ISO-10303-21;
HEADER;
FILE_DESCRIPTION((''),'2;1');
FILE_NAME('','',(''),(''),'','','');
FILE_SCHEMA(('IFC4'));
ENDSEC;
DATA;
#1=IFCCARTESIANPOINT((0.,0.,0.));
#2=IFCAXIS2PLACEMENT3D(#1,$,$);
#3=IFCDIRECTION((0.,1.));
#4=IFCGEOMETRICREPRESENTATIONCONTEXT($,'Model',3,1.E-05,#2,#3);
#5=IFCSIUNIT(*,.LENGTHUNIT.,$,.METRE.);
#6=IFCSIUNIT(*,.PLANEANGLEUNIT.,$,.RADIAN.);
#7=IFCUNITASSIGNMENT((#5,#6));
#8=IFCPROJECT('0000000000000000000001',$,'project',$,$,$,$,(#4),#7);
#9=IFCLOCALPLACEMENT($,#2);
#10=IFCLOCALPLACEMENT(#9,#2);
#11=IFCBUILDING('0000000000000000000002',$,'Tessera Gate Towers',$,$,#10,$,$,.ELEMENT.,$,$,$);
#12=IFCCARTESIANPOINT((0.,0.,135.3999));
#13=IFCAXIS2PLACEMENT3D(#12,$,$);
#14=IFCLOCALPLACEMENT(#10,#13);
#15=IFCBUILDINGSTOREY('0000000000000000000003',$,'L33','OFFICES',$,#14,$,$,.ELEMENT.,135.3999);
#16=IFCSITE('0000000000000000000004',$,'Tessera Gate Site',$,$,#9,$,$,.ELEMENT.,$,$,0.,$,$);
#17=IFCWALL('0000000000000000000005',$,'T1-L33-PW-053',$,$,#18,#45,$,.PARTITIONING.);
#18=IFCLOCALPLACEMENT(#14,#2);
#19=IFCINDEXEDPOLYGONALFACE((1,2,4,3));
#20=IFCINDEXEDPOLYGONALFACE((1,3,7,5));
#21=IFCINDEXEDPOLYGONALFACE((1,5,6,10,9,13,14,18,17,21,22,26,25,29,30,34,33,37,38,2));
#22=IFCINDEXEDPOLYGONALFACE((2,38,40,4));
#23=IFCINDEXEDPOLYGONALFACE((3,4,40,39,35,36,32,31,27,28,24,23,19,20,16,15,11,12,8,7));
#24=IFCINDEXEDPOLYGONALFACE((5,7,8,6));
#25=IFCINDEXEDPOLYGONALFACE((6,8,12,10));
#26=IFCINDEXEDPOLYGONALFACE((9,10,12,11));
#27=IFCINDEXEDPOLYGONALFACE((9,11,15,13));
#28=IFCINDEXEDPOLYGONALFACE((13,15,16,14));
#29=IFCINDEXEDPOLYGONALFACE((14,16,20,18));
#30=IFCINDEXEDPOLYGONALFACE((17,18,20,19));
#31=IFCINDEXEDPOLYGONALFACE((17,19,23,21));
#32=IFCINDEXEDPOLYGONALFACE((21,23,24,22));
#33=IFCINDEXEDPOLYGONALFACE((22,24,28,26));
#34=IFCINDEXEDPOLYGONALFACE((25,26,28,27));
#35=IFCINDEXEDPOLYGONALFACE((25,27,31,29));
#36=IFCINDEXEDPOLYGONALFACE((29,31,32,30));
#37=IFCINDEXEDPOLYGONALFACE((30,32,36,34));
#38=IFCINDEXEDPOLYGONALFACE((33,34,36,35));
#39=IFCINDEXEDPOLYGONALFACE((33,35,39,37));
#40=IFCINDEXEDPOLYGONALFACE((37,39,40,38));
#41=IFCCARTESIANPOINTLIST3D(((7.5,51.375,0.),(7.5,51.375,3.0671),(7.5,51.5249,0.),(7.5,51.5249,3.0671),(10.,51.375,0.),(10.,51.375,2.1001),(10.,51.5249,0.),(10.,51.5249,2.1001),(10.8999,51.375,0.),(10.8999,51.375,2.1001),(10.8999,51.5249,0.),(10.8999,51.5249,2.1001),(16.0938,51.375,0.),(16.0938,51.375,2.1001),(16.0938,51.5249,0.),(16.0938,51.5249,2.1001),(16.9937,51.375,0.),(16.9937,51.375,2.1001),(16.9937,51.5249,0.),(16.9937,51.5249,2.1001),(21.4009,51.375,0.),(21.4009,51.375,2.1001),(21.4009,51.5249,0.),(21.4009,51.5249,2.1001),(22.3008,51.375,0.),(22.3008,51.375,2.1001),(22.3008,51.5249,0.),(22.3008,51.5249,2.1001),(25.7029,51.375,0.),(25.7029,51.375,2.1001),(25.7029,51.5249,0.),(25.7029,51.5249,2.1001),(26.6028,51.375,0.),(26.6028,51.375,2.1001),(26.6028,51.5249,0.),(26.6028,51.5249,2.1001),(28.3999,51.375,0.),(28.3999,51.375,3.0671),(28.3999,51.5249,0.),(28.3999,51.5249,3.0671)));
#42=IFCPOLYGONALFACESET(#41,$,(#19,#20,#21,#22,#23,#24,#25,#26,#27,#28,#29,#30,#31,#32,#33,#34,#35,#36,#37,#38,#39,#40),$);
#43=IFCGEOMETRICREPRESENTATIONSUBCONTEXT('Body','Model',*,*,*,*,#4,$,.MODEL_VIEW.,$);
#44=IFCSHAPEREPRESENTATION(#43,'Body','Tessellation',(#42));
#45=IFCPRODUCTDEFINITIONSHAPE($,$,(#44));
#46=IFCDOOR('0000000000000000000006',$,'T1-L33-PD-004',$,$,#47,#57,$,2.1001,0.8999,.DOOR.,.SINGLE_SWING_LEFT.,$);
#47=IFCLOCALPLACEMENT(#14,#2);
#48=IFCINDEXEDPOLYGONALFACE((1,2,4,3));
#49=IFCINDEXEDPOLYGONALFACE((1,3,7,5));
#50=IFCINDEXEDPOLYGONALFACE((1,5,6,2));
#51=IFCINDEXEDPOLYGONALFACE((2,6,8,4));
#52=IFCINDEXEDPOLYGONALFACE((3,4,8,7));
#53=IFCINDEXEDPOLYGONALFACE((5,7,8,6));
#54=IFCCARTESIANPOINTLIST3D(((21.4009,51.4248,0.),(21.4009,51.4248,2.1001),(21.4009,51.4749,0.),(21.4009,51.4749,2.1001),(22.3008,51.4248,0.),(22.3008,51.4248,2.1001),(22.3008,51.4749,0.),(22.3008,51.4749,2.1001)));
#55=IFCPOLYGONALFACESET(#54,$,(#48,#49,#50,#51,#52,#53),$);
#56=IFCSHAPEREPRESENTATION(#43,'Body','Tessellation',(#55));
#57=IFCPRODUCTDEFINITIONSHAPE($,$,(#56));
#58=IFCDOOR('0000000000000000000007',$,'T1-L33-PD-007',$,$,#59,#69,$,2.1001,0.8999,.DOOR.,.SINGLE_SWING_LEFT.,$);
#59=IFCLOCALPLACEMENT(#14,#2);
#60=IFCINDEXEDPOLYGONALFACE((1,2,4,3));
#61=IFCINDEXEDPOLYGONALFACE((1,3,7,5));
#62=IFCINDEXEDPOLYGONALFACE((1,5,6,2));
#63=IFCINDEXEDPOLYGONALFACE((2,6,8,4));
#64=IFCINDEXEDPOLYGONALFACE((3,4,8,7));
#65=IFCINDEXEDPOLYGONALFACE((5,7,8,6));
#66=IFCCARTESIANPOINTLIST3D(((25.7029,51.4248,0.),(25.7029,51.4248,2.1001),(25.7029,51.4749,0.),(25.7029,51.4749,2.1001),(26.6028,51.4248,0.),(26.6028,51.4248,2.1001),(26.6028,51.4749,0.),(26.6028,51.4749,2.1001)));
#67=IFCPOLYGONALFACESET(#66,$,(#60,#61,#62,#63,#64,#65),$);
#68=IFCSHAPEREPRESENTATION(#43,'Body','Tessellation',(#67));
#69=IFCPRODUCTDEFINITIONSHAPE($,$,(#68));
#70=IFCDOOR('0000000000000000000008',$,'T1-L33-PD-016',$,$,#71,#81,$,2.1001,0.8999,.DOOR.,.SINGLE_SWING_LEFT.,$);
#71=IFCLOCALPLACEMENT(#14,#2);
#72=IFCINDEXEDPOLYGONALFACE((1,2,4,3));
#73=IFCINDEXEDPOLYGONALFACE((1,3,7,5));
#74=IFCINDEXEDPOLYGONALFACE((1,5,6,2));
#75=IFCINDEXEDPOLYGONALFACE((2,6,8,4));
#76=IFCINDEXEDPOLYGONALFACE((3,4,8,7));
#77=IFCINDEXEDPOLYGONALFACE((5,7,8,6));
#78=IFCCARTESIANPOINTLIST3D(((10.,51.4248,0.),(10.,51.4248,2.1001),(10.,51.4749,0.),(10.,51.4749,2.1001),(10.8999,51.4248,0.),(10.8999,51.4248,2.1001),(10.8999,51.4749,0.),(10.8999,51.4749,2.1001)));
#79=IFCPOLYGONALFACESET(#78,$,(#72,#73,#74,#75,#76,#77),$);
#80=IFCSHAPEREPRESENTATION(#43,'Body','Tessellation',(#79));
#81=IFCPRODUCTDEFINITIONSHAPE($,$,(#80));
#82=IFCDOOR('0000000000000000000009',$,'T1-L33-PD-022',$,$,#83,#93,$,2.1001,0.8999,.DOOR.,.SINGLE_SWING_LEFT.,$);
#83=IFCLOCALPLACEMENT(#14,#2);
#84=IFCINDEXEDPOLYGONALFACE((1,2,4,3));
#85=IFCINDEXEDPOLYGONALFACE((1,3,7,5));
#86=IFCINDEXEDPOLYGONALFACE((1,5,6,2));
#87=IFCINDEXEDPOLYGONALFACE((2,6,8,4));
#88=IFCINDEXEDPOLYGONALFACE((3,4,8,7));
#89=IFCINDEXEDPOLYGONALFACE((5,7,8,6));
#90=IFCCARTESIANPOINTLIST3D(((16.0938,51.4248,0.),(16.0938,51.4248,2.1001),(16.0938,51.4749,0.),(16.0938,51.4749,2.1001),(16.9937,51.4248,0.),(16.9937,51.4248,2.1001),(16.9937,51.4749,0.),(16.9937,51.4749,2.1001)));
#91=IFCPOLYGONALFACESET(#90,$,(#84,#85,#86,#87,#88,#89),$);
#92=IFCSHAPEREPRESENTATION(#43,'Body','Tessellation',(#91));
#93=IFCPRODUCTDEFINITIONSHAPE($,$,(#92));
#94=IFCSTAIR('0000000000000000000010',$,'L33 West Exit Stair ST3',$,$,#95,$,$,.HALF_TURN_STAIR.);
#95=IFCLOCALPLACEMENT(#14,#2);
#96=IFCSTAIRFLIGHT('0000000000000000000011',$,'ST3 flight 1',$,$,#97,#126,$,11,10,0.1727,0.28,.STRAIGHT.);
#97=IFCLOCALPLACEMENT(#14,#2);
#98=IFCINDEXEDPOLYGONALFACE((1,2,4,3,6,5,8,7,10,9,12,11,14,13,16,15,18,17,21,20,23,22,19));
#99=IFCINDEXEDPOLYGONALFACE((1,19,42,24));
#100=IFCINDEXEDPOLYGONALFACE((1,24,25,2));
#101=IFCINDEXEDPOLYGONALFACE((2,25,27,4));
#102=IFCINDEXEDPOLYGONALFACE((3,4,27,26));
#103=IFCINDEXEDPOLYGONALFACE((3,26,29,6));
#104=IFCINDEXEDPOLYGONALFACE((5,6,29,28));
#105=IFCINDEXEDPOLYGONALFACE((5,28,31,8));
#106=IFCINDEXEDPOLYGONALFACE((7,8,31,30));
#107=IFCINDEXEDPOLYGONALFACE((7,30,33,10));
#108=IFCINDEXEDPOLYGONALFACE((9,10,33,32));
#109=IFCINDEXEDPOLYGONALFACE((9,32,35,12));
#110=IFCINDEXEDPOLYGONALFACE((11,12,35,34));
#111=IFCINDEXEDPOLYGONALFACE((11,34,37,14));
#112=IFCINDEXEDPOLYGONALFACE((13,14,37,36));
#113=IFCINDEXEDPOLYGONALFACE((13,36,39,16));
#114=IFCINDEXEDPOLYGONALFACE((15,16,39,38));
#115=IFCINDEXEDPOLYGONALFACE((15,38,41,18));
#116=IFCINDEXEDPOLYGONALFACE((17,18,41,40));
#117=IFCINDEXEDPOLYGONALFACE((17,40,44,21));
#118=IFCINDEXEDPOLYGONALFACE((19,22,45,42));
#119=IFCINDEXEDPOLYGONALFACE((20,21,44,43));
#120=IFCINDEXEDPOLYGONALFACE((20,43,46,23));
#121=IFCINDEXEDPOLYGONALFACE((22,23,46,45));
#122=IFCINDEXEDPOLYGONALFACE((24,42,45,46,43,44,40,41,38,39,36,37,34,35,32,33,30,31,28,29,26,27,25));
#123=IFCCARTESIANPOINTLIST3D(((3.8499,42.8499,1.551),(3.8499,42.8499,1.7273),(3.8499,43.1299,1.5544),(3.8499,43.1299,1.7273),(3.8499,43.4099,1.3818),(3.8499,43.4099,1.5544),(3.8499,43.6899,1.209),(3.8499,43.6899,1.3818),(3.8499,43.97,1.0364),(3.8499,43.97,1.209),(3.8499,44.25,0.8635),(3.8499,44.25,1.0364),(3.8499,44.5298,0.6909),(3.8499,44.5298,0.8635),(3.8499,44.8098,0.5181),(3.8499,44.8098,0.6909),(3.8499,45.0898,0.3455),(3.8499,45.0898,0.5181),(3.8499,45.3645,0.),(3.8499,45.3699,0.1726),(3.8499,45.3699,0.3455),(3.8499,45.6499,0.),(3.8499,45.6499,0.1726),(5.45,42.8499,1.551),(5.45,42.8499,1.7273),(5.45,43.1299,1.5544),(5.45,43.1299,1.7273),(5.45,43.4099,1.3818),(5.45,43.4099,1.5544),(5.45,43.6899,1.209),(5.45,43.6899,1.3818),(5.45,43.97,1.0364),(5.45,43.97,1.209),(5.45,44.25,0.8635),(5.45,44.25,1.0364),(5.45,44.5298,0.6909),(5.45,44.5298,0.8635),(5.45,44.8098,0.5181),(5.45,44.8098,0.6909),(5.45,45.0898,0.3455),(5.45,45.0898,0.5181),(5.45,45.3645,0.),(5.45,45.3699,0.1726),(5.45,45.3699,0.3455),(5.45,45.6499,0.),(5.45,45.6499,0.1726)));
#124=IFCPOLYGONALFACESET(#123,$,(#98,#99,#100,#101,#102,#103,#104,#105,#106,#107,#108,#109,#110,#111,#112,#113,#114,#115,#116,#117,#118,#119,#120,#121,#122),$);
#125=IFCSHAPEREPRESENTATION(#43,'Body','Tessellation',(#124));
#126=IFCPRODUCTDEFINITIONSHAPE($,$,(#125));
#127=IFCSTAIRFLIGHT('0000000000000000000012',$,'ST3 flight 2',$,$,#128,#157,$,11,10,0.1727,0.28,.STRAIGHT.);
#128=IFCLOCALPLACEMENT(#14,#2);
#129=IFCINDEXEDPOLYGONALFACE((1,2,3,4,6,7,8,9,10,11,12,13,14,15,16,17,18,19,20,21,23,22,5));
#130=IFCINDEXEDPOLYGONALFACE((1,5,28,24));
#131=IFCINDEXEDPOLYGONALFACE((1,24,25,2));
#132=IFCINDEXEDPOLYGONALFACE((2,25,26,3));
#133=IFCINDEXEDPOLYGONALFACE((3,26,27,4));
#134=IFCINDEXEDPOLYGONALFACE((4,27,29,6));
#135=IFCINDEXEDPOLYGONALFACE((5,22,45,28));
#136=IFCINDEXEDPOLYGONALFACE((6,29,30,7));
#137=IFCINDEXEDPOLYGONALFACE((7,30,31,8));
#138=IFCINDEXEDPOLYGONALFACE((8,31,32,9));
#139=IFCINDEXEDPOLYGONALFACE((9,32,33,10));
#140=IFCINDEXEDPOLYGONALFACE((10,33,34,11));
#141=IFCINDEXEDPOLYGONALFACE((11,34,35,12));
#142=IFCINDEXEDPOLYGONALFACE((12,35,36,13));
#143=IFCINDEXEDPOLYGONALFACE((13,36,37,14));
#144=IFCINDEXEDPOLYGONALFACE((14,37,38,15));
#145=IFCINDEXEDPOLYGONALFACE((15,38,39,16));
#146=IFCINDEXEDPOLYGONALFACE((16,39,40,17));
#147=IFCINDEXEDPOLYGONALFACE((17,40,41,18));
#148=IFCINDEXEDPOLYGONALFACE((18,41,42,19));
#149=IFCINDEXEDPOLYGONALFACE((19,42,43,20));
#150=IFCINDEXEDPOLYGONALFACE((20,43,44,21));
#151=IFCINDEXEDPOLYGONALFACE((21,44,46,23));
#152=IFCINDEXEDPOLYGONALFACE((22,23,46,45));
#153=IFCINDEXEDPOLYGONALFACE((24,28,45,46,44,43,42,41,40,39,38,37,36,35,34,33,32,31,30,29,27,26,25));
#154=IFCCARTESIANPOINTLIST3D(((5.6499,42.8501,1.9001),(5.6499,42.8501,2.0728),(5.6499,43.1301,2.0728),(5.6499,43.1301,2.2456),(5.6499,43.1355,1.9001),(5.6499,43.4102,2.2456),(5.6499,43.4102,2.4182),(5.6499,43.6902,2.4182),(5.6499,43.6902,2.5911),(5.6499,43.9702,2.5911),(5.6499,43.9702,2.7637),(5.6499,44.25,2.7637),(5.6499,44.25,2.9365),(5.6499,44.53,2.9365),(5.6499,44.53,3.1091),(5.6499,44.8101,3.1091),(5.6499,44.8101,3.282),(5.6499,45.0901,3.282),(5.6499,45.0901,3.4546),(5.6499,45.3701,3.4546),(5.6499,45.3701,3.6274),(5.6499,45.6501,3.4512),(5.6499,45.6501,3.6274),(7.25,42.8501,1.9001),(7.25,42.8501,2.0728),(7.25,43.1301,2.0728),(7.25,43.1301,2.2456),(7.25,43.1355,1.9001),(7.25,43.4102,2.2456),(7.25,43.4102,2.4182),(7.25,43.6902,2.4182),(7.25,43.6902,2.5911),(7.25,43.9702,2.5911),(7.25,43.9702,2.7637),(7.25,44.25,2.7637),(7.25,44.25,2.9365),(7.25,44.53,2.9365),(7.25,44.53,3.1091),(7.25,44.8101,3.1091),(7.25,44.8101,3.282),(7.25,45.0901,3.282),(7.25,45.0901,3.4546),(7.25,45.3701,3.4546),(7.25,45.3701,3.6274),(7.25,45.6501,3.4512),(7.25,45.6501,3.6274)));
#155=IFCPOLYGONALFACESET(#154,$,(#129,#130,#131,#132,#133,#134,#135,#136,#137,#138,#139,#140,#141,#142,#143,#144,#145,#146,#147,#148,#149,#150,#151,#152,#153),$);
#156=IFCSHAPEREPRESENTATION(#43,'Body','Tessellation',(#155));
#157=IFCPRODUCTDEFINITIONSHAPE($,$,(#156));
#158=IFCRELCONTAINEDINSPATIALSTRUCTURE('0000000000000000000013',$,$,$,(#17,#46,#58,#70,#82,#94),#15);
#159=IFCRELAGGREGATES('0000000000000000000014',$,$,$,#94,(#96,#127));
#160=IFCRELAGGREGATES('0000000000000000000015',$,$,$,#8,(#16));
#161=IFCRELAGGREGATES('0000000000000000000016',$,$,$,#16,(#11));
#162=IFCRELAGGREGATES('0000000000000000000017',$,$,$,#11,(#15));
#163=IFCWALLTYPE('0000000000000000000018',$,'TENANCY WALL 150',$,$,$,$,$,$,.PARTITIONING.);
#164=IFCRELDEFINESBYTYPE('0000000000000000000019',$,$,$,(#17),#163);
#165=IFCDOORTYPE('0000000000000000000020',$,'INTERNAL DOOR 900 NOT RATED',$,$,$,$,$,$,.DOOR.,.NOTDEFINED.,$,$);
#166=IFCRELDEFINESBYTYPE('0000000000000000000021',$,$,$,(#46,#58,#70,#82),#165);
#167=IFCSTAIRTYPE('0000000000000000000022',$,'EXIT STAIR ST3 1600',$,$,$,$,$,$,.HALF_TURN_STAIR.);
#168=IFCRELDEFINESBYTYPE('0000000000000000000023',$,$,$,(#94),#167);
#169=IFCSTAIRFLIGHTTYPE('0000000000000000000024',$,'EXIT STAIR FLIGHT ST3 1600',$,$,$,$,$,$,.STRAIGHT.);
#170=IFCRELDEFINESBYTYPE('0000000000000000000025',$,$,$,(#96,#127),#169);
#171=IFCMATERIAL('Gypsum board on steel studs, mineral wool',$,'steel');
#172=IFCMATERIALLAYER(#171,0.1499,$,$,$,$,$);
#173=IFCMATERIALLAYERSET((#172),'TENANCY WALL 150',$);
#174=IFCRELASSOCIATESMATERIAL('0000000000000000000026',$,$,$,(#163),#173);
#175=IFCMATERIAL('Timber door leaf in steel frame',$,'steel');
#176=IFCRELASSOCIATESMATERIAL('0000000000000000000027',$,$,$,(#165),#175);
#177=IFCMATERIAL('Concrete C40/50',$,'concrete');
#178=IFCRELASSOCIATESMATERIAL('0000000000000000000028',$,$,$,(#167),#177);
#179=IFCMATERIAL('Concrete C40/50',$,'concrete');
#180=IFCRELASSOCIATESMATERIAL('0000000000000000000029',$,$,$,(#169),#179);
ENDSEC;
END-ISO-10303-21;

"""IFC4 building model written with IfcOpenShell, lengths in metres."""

from ifc_helpers import new_model, si_unit, direction, frame, frame_2d, origin, place, context, subcontext, project, spatial, polyline, rectangle, outline, extrude, source, transform, mapped, material, layer, layer_set, type_object, element, fill, aggregate, save


model = new_model("IFC4")

# Units and contexts
model_context = context("Model", 3, precision=1e-05, world=origin(), true_north=direction((0.0, 1.0)))
body_context = subcontext(model_context, "Body", "Model", "MODEL_VIEW")
ifc_project = project(units=[si_unit("LENGTHUNIT", "METRE"), si_unit("PLANEANGLEUNIT", "RADIAN")], contexts=[model_context])

# Site, building, storey
site_placement = place(None, origin())
site = spatial("IfcSite", under=ifc_project, at=site_placement, Name="Tessera Gate Site", CompositionType="ELEMENT", RefElevation=0.0)
building_placement = place(site_placement, origin())
building = spatial("IfcBuilding", under=site, at=building_placement, Name="Tessera Gate Towers", CompositionType="ELEMENT")
storey_placement = place(building_placement, frame((0.0, 0.0, 135.3999)))
storey = spatial("IfcBuildingStorey", under=building, at=storey_placement, Name="L33", Description="OFFICES", CompositionType="ELEMENT", Elevation=135.3999)

# Wall, openings, doors
ifc_material_1 = material(Name="Gypsum board on steel studs, mineral wool", Category="steel")
ifc_layer_1 = layer(ifc_material_1, 0.1499)
ifc_layer_set_1 = layer_set([ifc_layer_1], Name="TENANCY WALL 150")
wall_type_1 = type_object("IfcWallType", Name="TENANCY WALL 150", PredefinedType="PARTITIONING", material=ifc_layer_set_1)
wall_1_placement = place(storey_placement, frame((7.5, 51.45, 0.0), z_axis=(0.0, 0.0, 1.0), x_axis=(1.0, 0.0, 0.0)))
wall_1 = element("IfcWall", 1, at=wall_1_placement, inside=storey, type_object=wall_type_1, Name="T1-L33-PW-053", PredefinedType="PARTITIONING", context=body_context, shape_type="SweptSolid", body=[
    extrude(rectangle(XDim=20.8999, YDim=0.1499, at=frame_2d((10.45, 0.0))), origin(), (0.0, 0.0, 1.0), 3.0671),
])
shared_shape_1 = source(origin(), body_context, "Body", "SweptSolid", [
    extrude(rectangle(XDim=0.8999, YDim=2.1001, at=frame_2d((0.45, 1.05))), frame((0.0, 0.085, 0.0), z_axis=(0.0, -1.0, 0.0), x_axis=(1.0, 0.0, 0.0)), (0.0, 0.0, 1.0), 0.1699),
])
opening_1_placement = place(wall_1_placement, frame((13.9009, 0.0, 0.0)))
opening_1 = element("IfcOpeningElement", 2, at=opening_1_placement, cuts=wall_1, PredefinedType="OPENING", context=body_context, shape_type="MappedRepresentation", body=[
    mapped(shared_shape_1, transform((0.0, 0.0, 0.0), scale=1.0)),
])
opening_2_placement = place(wall_1_placement, frame((18.2029, 0.0, 0.0)))
opening_2 = element("IfcOpeningElement", 3, at=opening_2_placement, cuts=wall_1, PredefinedType="OPENING", context=body_context, shape_type="MappedRepresentation", body=[
    mapped(shared_shape_1, transform((0.0, 0.0, 0.0), scale=1.0)),
])
opening_3_placement = place(wall_1_placement, frame((2.5, 0.0, 0.0)))
opening_3 = element("IfcOpeningElement", 4, at=opening_3_placement, cuts=wall_1, PredefinedType="OPENING", context=body_context, shape_type="MappedRepresentation", body=[
    mapped(shared_shape_1, transform((0.0, 0.0, 0.0), scale=1.0)),
])
opening_4_placement = place(wall_1_placement, frame((8.5938, 0.0, 0.0)))
opening_4 = element("IfcOpeningElement", 5, at=opening_4_placement, cuts=wall_1, PredefinedType="OPENING", context=body_context, shape_type="MappedRepresentation", body=[
    mapped(shared_shape_1, transform((0.0, 0.0, 0.0), scale=1.0)),
])
ifc_material_2 = material(Name="Timber door leaf in steel frame", Category="steel")
door_type_1 = type_object("IfcDoorType", Name="INTERNAL DOOR 900 NOT RATED", OperationType="NOTDEFINED", PredefinedType="DOOR", material=ifc_material_2)
shared_shape_2 = source(origin(), body_context, "Body", "SweptSolid", [
    extrude(rectangle(XDim=0.8999, YDim=2.1001, at=frame_2d((0.45, 1.05))), frame((0.0, 0.0249, 0.0), z_axis=(0.0, -1.0, 0.0), x_axis=(1.0, 0.0, 0.0)), (0.0, 0.0, 1.0), 0.05),
])
door_1_placement = place(opening_1_placement, origin())
door_1 = element("IfcDoor", 6, at=door_1_placement, inside=storey, type_object=door_type_1, Name="T1-L33-PD-004", OperationType="SINGLE_SWING_LEFT", OverallHeight=2.1001, OverallWidth=0.8999, PredefinedType="DOOR", context=body_context, shape_type="MappedRepresentation", body=[
    mapped(shared_shape_2, transform((0.0, 0.0, 0.0), scale=1.0)),
])
fill(opening_1, door_1)
door_2_placement = place(opening_2_placement, origin())
door_2 = element("IfcDoor", 7, at=door_2_placement, inside=storey, type_object=door_type_1, Name="T1-L33-PD-007", OperationType="SINGLE_SWING_LEFT", OverallHeight=2.1001, OverallWidth=0.8999, PredefinedType="DOOR", context=body_context, shape_type="MappedRepresentation", body=[
    mapped(shared_shape_2, transform((0.0, 0.0, 0.0), scale=1.0)),
])
fill(opening_2, door_2)
door_3_placement = place(opening_3_placement, origin())
door_3 = element("IfcDoor", 8, at=door_3_placement, inside=storey, type_object=door_type_1, Name="T1-L33-PD-016", OperationType="SINGLE_SWING_LEFT", OverallHeight=2.1001, OverallWidth=0.8999, PredefinedType="DOOR", context=body_context, shape_type="MappedRepresentation", body=[
    mapped(shared_shape_2, transform((0.0, 0.0, 0.0), scale=1.0)),
])
fill(opening_3, door_3)
door_4_placement = place(opening_4_placement, origin())
door_4 = element("IfcDoor", 9, at=door_4_placement, inside=storey, type_object=door_type_1, Name="T1-L33-PD-022", OperationType="SINGLE_SWING_LEFT", OverallHeight=2.1001, OverallWidth=0.8999, PredefinedType="DOOR", context=body_context, shape_type="MappedRepresentation", body=[
    mapped(shared_shape_2, transform((0.0, 0.0, 0.0), scale=1.0)),
])
fill(opening_4, door_4)

# Stair, stair flights
ifc_material_3 = material(Name="Concrete C40/50", Category="concrete")
stair_type = type_object("IfcStairType", Name="EXIT STAIR ST3 1600", PredefinedType="HALF_TURN_STAIR", material=ifc_material_3)
stair_placement = place(storey_placement, origin())
stair = element("IfcStair", 10, at=stair_placement, inside=storey, type_object=stair_type, Name="L33 West Exit Stair ST3", PredefinedType="HALF_TURN_STAIR")
ifc_material_4 = material(Name="Concrete C40/50", Category="concrete")
stair_flight_type = type_object("IfcStairFlightType", Name="EXIT STAIR FLIGHT ST3 1600", PredefinedType="STRAIGHT", material=ifc_material_4)
stair_flight_1_placement = place(storey_placement, frame((4.6499, 45.6499, 0.0), z_axis=(0.0, 0.0, 1.0), x_axis=(0.0, -1.0, 0.0)))
stair_flight_1 = element("IfcStairFlight", 11, at=stair_flight_1_placement, type_object=stair_flight_type, Name="ST3 flight 1", NumberOfRisers=11, NumberOfTreads=10, PredefinedType="STRAIGHT", RiserHeight=0.1727, TreadLength=0.28, context=body_context, shape_type="SweptSolid", body=[
    extrude(outline(polyline([(0.0, 0.0), (0.0, 0.1726), (0.28, 0.1726), (0.28, 0.3455), (0.5601, 0.3455), (0.5601, 0.5181), (0.8401, 0.5181), (0.8401, 0.6909), (1.1201, 0.6909), (1.1201, 0.8635), (1.3999, 0.8635), (1.3999, 1.0364), (1.6799, 1.0364), (1.6799, 1.209), (1.96, 1.209), (1.96, 1.3818), (2.24, 1.3818), (2.24, 1.5544), (2.52, 1.5544), (2.52, 1.7273), (2.8, 1.7273), (2.8, 1.8999), (2.8, 1.551), (0.2854, 0.0), (0.0, 0.0)])), frame((0.0, 0.8, 0.0), z_axis=(0.0, -1.0, 0.0), x_axis=(1.0, 0.0, 0.0)), (0.0, 0.0, 1.0), 1.6001),
])
stair_flight_2_placement = place(storey_placement, frame((6.45, 42.8501, 1.9001), z_axis=(0.0, 0.0, 1.0), x_axis=(0.0, 1.0, 0.0)))
stair_flight_2 = element("IfcStairFlight", 12, at=stair_flight_2_placement, type_object=stair_flight_type, Name="ST3 flight 2", NumberOfRisers=11, NumberOfTreads=10, PredefinedType="STRAIGHT", RiserHeight=0.1727, TreadLength=0.28, context=body_context, shape_type="SweptSolid", body=[
    extrude(outline(polyline([(0.0, 0.0), (0.0, 0.1726), (0.28, 0.1726), (0.28, 0.3455), (0.5601, 0.3455), (0.5601, 0.5181), (0.8401, 0.5181), (0.8401, 0.6909), (1.1201, 0.6909), (1.1201, 0.8635), (1.3999, 0.8635), (1.3999, 1.0364), (1.6799, 1.0364), (1.6799, 1.209), (1.96, 1.209), (1.96, 1.3818), (2.24, 1.3818), (2.24, 1.5544), (2.52, 1.5544), (2.52, 1.7273), (2.8, 1.7273), (2.8, 1.8999), (2.8, 1.551), (0.2854, 0.0), (0.0, 0.0)])), frame((0.0, 0.8, 0.0), z_axis=(0.0, -1.0, 0.0), x_axis=(1.0, 0.0, 0.0)), (0.0, 0.0, 1.0), 1.6001),
])
aggregate(stair, [stair_flight_1, stair_flight_2])

save(model, "model.ifc")
